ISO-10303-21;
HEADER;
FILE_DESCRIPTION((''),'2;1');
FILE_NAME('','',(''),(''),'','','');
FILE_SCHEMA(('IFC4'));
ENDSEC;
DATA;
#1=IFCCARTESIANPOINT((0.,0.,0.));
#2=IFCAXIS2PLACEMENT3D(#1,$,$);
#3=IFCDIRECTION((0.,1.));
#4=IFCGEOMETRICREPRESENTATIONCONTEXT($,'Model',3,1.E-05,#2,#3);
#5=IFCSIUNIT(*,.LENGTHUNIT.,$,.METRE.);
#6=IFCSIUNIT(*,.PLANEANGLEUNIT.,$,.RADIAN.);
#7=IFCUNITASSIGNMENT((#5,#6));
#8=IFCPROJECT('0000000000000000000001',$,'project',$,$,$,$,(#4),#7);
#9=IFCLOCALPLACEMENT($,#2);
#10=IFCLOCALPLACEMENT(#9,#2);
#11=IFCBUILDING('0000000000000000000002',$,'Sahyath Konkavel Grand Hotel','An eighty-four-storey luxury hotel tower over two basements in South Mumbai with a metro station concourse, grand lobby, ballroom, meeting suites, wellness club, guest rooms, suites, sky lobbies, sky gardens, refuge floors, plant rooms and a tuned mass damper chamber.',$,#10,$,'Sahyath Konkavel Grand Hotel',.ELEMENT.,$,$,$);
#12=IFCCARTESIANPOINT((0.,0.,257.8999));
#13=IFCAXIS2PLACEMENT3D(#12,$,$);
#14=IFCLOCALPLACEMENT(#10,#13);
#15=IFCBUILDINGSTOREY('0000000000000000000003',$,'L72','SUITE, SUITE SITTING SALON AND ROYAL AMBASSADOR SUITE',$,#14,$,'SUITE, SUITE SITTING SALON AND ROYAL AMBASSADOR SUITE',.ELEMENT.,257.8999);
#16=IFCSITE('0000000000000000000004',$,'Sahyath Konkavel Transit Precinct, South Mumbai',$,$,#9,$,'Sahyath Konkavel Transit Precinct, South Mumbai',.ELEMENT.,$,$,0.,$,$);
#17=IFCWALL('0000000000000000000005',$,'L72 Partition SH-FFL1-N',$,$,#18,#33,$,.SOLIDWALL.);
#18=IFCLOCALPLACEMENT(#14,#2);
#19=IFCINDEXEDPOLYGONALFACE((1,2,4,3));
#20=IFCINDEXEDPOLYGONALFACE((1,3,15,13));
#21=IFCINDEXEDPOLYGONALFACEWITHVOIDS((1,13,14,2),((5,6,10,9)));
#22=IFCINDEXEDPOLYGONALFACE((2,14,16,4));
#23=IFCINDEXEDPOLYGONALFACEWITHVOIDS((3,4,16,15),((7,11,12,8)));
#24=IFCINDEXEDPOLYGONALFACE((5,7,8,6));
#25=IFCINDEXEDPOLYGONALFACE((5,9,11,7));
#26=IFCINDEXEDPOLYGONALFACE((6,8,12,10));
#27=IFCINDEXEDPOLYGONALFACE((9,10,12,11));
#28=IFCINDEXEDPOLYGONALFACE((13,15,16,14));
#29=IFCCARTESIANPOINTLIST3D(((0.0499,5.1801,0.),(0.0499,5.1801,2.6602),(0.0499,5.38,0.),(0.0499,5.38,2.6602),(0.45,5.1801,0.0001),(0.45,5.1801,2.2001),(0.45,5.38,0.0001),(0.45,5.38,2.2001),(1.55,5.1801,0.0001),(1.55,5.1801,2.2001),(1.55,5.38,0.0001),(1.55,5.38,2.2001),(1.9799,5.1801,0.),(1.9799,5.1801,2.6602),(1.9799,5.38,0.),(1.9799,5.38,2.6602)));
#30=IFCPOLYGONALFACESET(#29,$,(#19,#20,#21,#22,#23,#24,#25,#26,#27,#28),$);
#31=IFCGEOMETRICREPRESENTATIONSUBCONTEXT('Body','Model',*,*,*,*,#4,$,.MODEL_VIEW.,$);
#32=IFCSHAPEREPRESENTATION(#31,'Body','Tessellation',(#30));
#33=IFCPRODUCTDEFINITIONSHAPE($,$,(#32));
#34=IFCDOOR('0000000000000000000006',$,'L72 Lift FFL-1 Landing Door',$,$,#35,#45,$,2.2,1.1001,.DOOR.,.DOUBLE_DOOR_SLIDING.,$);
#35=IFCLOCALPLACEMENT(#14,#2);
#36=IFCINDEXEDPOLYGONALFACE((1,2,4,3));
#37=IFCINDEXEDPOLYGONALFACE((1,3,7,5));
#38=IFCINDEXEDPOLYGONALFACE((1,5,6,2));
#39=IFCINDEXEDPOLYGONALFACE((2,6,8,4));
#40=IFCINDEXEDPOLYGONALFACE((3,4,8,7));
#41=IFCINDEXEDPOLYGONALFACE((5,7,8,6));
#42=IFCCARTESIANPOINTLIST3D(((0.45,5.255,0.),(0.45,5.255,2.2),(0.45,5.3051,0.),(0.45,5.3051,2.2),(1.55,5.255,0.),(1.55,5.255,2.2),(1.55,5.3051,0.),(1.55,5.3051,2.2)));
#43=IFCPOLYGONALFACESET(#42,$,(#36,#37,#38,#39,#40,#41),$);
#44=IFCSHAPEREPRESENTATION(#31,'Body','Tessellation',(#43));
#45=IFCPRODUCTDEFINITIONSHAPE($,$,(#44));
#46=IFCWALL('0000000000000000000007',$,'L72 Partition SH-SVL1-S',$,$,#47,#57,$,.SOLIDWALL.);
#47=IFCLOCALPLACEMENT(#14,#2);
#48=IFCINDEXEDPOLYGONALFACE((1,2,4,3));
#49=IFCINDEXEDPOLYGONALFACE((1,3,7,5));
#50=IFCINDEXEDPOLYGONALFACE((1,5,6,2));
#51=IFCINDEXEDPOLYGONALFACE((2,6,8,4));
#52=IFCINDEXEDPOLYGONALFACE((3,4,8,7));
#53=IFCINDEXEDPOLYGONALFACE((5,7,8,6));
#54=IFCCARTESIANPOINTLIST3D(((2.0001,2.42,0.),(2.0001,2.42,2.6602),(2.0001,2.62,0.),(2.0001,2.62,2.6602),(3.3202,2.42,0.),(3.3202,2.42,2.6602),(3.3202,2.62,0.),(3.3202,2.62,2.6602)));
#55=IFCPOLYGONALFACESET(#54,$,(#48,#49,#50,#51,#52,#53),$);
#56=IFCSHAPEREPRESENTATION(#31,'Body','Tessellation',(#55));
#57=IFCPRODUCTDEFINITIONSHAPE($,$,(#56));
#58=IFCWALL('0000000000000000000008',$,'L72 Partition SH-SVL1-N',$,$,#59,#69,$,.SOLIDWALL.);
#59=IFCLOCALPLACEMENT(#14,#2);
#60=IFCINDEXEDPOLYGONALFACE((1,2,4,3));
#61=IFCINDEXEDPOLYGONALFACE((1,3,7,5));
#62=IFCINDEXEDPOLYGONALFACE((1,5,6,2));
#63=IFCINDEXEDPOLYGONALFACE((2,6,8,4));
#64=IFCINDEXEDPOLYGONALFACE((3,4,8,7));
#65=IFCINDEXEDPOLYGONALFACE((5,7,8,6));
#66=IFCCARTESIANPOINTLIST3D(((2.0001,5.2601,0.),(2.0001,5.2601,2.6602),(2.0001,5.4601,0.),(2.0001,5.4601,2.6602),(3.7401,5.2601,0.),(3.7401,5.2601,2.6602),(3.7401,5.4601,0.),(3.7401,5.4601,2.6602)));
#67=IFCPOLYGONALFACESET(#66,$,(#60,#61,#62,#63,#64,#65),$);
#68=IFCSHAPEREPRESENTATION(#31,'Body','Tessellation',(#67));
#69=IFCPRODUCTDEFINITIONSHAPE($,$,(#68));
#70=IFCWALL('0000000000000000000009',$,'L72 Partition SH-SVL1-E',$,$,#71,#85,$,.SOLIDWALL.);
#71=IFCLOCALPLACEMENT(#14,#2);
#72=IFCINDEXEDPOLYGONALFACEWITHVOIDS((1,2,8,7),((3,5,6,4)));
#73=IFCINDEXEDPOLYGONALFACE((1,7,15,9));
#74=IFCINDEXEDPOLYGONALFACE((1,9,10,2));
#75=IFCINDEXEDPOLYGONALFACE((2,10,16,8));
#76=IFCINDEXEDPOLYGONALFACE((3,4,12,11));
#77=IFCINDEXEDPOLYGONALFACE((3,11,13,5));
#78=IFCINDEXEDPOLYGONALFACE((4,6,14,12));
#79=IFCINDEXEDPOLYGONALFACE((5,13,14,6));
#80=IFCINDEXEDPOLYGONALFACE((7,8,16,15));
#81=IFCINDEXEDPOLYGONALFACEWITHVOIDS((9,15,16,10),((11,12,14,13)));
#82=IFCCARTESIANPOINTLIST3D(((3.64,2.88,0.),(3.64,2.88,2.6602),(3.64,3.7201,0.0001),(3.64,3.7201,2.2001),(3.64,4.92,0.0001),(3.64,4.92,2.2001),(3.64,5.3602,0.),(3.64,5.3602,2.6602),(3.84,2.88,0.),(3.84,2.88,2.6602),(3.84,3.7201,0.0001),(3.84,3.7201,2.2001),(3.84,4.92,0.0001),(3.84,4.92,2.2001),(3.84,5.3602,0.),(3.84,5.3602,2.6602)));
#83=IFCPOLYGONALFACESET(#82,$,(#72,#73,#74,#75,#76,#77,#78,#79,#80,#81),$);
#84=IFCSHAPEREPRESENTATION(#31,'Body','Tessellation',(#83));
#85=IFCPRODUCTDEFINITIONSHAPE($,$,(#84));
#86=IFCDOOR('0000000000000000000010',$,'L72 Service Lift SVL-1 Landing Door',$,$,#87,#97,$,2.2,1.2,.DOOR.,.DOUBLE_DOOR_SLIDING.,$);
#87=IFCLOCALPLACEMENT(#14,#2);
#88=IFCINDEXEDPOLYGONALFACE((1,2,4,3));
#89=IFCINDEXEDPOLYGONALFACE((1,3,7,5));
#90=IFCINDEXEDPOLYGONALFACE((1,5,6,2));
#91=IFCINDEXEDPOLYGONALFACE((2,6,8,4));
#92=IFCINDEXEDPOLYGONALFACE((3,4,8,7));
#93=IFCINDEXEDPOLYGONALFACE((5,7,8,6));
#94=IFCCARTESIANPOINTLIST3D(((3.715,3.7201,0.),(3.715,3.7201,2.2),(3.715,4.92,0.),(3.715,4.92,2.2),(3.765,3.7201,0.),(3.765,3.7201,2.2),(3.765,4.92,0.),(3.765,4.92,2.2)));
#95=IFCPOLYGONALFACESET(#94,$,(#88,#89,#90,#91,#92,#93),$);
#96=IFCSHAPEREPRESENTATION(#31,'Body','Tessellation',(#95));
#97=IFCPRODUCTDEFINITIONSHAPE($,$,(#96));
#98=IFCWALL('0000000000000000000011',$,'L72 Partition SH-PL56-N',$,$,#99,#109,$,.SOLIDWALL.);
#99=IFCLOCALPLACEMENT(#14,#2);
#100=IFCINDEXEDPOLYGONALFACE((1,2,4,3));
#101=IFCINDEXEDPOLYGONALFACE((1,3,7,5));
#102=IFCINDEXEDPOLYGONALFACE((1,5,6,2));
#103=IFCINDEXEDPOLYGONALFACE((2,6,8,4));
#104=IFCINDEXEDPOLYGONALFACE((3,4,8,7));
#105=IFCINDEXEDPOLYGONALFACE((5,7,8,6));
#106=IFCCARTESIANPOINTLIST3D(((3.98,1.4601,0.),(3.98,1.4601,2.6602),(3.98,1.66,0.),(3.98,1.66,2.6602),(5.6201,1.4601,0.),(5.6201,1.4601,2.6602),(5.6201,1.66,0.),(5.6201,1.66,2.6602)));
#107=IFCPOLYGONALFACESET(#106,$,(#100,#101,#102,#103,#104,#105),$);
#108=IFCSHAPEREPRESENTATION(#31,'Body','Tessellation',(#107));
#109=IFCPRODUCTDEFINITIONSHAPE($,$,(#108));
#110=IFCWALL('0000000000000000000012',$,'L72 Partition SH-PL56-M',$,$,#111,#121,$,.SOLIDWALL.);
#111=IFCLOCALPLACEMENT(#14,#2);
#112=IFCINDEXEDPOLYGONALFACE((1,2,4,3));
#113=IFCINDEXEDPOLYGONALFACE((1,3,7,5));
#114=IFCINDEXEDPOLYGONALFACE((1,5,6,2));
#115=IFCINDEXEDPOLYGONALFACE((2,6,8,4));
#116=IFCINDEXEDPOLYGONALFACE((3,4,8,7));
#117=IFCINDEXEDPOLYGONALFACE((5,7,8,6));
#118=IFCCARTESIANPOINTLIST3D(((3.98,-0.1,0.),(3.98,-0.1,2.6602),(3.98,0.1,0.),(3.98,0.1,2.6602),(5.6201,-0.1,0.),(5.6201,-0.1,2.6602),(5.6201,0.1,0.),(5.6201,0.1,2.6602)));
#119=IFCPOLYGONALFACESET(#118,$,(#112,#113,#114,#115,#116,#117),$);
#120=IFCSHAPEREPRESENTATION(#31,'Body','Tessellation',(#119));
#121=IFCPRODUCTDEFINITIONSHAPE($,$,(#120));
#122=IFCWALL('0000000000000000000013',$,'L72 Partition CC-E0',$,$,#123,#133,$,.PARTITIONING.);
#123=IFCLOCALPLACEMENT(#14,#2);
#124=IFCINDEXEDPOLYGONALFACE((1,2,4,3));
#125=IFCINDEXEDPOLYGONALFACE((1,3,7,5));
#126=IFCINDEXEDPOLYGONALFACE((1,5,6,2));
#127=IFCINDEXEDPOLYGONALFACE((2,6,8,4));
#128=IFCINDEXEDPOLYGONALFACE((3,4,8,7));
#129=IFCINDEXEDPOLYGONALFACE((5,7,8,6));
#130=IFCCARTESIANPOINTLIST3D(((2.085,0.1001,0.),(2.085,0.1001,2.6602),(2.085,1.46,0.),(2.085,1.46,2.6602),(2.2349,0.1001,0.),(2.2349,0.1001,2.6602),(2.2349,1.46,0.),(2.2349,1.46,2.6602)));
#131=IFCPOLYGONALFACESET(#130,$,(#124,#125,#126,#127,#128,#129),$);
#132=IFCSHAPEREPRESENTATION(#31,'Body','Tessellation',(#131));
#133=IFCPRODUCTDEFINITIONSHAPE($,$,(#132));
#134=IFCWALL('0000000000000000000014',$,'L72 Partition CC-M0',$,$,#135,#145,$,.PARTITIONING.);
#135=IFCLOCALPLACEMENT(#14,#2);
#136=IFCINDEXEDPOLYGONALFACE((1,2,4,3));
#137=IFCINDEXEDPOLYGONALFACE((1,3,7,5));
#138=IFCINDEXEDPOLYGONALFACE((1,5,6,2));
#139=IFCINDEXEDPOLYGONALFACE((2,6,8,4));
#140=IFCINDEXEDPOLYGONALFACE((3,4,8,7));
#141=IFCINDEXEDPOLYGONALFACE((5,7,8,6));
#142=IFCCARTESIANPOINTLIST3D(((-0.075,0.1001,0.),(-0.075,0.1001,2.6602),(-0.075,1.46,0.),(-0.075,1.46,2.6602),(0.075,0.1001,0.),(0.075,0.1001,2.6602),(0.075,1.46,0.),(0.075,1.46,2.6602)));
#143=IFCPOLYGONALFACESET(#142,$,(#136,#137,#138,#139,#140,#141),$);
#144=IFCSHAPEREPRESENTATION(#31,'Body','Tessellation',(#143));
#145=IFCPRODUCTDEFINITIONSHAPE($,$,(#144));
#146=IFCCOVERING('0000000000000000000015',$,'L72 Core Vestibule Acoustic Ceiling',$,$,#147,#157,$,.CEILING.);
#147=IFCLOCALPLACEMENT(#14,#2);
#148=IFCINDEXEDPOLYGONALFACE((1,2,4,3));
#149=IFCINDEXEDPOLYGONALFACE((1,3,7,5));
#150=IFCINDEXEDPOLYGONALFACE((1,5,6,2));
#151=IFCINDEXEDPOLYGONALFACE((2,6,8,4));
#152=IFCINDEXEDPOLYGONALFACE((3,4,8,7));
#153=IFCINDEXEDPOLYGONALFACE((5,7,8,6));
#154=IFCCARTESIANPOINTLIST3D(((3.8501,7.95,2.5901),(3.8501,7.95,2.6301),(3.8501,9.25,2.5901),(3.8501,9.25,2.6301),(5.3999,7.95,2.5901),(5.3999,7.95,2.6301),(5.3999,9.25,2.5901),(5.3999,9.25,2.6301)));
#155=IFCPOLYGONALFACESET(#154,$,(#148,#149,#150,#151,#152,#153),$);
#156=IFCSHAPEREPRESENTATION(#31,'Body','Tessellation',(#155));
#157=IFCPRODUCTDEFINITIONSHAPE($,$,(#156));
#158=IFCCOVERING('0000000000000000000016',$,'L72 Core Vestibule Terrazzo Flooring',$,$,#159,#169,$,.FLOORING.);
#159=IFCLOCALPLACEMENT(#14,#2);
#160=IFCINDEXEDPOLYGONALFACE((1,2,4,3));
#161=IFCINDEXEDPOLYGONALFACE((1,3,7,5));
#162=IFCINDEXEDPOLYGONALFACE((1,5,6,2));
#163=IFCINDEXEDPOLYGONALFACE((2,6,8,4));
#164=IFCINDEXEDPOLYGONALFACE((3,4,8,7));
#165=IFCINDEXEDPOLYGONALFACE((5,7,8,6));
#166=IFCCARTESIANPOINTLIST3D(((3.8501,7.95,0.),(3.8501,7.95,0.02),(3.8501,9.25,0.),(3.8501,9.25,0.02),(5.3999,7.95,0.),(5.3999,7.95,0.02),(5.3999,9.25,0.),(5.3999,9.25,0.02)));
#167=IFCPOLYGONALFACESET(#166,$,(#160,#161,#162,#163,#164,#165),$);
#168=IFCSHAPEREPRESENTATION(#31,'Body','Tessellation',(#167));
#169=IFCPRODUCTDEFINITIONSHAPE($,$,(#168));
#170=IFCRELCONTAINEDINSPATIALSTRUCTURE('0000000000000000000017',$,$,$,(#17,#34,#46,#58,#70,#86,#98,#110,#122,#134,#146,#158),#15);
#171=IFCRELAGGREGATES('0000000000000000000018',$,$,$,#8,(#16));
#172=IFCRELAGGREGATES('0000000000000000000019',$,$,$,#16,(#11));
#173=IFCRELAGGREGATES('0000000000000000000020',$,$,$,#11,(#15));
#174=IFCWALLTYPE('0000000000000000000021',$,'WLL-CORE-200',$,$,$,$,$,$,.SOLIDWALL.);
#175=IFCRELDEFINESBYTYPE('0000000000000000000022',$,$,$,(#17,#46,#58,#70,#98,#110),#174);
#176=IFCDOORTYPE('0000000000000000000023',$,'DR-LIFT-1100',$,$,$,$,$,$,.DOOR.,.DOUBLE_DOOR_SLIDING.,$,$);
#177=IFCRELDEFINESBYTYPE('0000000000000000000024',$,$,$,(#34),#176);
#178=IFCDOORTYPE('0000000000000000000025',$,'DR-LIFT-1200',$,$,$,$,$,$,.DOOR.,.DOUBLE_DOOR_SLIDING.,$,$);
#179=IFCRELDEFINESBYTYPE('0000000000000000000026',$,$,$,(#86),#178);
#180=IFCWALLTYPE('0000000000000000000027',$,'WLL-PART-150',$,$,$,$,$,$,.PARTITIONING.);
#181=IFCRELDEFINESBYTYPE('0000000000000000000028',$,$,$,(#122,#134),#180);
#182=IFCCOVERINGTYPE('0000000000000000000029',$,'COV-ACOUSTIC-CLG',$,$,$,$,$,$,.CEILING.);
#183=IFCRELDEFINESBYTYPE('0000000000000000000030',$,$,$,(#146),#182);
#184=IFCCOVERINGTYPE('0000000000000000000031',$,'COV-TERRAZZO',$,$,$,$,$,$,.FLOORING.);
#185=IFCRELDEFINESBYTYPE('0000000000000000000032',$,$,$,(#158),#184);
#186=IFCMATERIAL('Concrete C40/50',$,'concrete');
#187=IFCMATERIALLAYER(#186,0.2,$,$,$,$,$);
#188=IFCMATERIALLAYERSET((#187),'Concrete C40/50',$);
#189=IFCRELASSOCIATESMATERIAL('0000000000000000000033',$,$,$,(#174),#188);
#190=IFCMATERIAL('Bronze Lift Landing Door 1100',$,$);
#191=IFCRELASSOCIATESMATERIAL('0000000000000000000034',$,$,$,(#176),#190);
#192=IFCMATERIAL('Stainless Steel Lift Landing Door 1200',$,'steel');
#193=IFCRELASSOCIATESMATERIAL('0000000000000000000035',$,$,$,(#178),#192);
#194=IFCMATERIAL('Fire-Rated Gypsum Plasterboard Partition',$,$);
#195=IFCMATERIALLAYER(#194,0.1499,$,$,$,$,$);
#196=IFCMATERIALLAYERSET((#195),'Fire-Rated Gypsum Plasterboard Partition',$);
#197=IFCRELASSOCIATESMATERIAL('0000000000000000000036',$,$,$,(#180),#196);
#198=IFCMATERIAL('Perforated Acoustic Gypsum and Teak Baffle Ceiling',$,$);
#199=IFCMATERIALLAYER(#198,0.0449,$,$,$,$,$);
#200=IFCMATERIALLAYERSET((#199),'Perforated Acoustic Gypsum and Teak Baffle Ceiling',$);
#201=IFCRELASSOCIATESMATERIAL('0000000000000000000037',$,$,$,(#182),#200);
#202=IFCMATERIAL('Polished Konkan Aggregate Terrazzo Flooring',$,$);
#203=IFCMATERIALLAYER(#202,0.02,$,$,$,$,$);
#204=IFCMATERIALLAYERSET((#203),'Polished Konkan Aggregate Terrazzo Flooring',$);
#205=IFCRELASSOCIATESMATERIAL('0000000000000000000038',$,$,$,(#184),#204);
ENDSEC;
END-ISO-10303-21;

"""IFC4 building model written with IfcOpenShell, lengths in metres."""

from ifc_helpers import new_model, si_unit, direction, frame, frame_2d, origin, origin_2d, place, context, subcontext, project, spatial, polyline, rectangle, outline, extrude, source, transform, mapped, material, layer, layer_set, type_object, element, fill, save


model = new_model("IFC4")

# Units and contexts
model_context = context("Model", 3, precision=1e-05, world=origin(), true_north=direction((0.0, 1.0)))
body_context = subcontext(model_context, "Body", "Model", "MODEL_VIEW")
ifc_project = project(units=[si_unit("LENGTHUNIT", "METRE"), si_unit("PLANEANGLEUNIT", "RADIAN")], contexts=[model_context])

# Site, building, storey
site_placement = place(None, origin())
site = spatial("IfcSite", under=ifc_project, at=site_placement, Name="Sahyath Konkavel Transit Precinct, South Mumbai", LongName="Sahyath Konkavel Transit Precinct, South Mumbai", CompositionType="ELEMENT", RefElevation=0.0)
building_placement = place(site_placement, origin())
building = spatial("IfcBuilding", under=site, at=building_placement, Name="Sahyath Konkavel Grand Hotel", Description="An eighty-four-storey luxury hotel tower over two basements in South Mumbai with a metro station concourse, grand lobby, ballroom, meeting suites, wellness club, guest rooms, suites, sky lobbies, sky gardens, refuge floors, plant rooms and a tuned mass damper chamber.", LongName="Sahyath Konkavel Grand Hotel", CompositionType="ELEMENT")
storey_placement = place(building_placement, frame((0.0, 0.0, 257.8999)))
storey = spatial("IfcBuildingStorey", under=building, at=storey_placement, Name="L72", Description="SUITE, SUITE SITTING SALON AND ROYAL AMBASSADOR SUITE", LongName="SUITE, SUITE SITTING SALON AND ROYAL AMBASSADOR SUITE", CompositionType="ELEMENT", Elevation=257.8999)

# Shared definitions
ifc_material_1 = material(Name="Concrete C40/50", Category="concrete")

# Shared definitions
ifc_layer_1 = layer(ifc_material_1, 0.2)
ifc_layer_set_1 = layer_set([ifc_layer_1], Name="Concrete C40/50")
wall_type_1 = type_object("IfcWallType", Name="WLL-CORE-200", PredefinedType="SOLIDWALL", material=ifc_layer_set_1)

# Wall, opening, door
wall_1_placement = place(storey_placement, frame((0.05, 5.28, 0.0), z_axis=(0.0, 0.0, 1.0), x_axis=(1.0, 0.0, 0.0)))
wall_1 = element("IfcWall", 1, at=wall_1_placement, inside=storey, type_object=wall_type_1, Name="L72 Partition SH-FFL1-N", PredefinedType="SOLIDWALL", context=body_context, shape_type="SweptSolid", body=[
    extrude(rectangle(XDim=1.9299, YDim=0.2, at=frame_2d((0.9648, 0.0))), origin(), (0.0, 0.0, 1.0), 2.6602),
])
opening_1_placement = place(wall_1_placement, frame((0.3999, 0.0, 0.0)))
opening_1 = element("IfcOpeningElement", 2, at=opening_1_placement, cuts=wall_1, PredefinedType="OPENING", context=body_context, shape_type="SweptSolid", body=[
    extrude(rectangle(XDim=1.1001, YDim=2.2, at=frame_2d((0.55, 1.1001))), frame((0.0, 0.1099, 0.0), z_axis=(0.0, -1.0, 0.0), x_axis=(1.0, 0.0, 0.0)), (0.0, 0.0, 1.0), 0.22),
])
ifc_material_2 = material(Name="Bronze Lift Landing Door 1100")
door_type_1 = type_object("IfcDoorType", Name="DR-LIFT-1100", OperationType="DOUBLE_DOOR_SLIDING", PredefinedType="DOOR", material=ifc_material_2)
shared_shape_1 = source(origin(), body_context, "Body", "SweptSolid", [
    extrude(rectangle(XDim=1.1001, YDim=0.05, at=origin_2d()), origin(), (0.0, 0.0, 1.0), 2.2),
])
door_1_placement = place(opening_1_placement, frame((0.55, 0.0, 0.0)))
door_1 = element("IfcDoor", 3, at=door_1_placement, inside=storey, type_object=door_type_1, Name="L72 Lift FFL-1 Landing Door", OperationType="DOUBLE_DOOR_SLIDING", OverallHeight=2.2, OverallWidth=1.1001, PredefinedType="DOOR", context=body_context, shape_type="MappedRepresentation", body=[
    mapped(shared_shape_1, transform((0.0, 0.0, 0.0), scale=1.0)),
])
fill(opening_1, door_1)

# Walls
wall_2_placement = place(storey_placement, frame((2.0, 2.52, 0.0), z_axis=(0.0, 0.0, 1.0), x_axis=(1.0, 0.0, 0.0)))
element("IfcWall", 4, at=wall_2_placement, inside=storey, type_object=wall_type_1, Name="L72 Partition SH-SVL1-S", PredefinedType="SOLIDWALL", context=body_context, shape_type="SweptSolid", body=[
    extrude(rectangle(XDim=1.3201, YDim=0.2, at=frame_2d((0.6602, 0.0))), origin(), (0.0, 0.0, 1.0), 2.6602),
])
wall_3_placement = place(storey_placement, frame((2.0, 5.3601, 0.0), z_axis=(0.0, 0.0, 1.0), x_axis=(1.0, 0.0, 0.0)))
element("IfcWall", 5, at=wall_3_placement, inside=storey, type_object=wall_type_1, Name="L72 Partition SH-SVL1-N", PredefinedType="SOLIDWALL", context=body_context, shape_type="SweptSolid", body=[
    extrude(rectangle(XDim=1.74, YDim=0.2, at=frame_2d((0.8701, 0.0))), origin(), (0.0, 0.0, 1.0), 2.6602),
])

# Wall, opening, door
wall_4_placement = place(storey_placement, frame((3.74, 2.8799, 0.0), z_axis=(0.0, 0.0, 1.0), x_axis=(0.0, 1.0, 0.0)))
wall_4 = element("IfcWall", 6, at=wall_4_placement, inside=storey, type_object=wall_type_1, Name="L72 Partition SH-SVL1-E", PredefinedType="SOLIDWALL", context=body_context, shape_type="SweptSolid", body=[
    extrude(rectangle(XDim=2.4802, YDim=0.2, at=frame_2d((1.2402, 0.0))), origin(), (0.0, 0.0, 1.0), 2.6602),
])
opening_2_placement = place(wall_4_placement, frame((0.8401, 0.0, 0.0)))
opening_2 = element("IfcOpeningElement", 7, at=opening_2_placement, cuts=wall_4, PredefinedType="OPENING", context=body_context, shape_type="SweptSolid", body=[
    extrude(rectangle(XDim=1.2, YDim=2.2, at=frame_2d((0.6001, 1.1001))), frame((0.0, 0.1099, 0.0), z_axis=(0.0, -1.0, 0.0), x_axis=(1.0, 0.0, 0.0)), (0.0, 0.0, 1.0), 0.22),
])
ifc_material_3 = material(Name="Stainless Steel Lift Landing Door 1200", Category="steel")
door_type_2 = type_object("IfcDoorType", Name="DR-LIFT-1200", OperationType="DOUBLE_DOOR_SLIDING", PredefinedType="DOOR", material=ifc_material_3)
shared_shape_2 = source(origin(), body_context, "Body", "SweptSolid", [
    extrude(rectangle(XDim=1.2, YDim=0.05, at=origin_2d()), origin(), (0.0, 0.0, 1.0), 2.2),
])
door_2_placement = place(opening_2_placement, frame((0.6001, 0.0, 0.0)))
door_2 = element("IfcDoor", 8, at=door_2_placement, inside=storey, type_object=door_type_2, Name="L72 Service Lift SVL-1 Landing Door", OperationType="DOUBLE_DOOR_SLIDING", OverallHeight=2.2, OverallWidth=1.2, PredefinedType="DOOR", context=body_context, shape_type="MappedRepresentation", body=[
    mapped(shared_shape_2, transform((0.0, 0.0, 0.0), scale=1.0)),
])
fill(opening_2, door_2)

# Walls
for number, where, z_axis, x_axis, name in (
    (9, (3.98, 1.5601, 0.0), (0.0, 0.0, 1.0), (1.0, 0.0, 0.0), "L72 Partition SH-PL56-N"),
    (10, (3.98, 0.0, 0.0), (0.0, 0.0, 1.0), (1.0, 0.0, 0.0), "L72 Partition SH-PL56-M"),
):
    element("IfcWall", number, at=place(storey_placement, frame(where, z_axis=z_axis, x_axis=x_axis)), inside=storey, type_object=wall_type_1, Name=name, PredefinedType="SOLIDWALL", context=body_context, shape_type="SweptSolid", body=[
        extrude(rectangle(XDim=1.6401, YDim=0.2, at=frame_2d((0.8201, 0.0))), origin(), (0.0, 0.0, 1.0), 2.6602),
    ])

# Walls
ifc_material_4 = material(Name="Fire-Rated Gypsum Plasterboard Partition")
ifc_layer_2 = layer(ifc_material_4, 0.1499)
ifc_layer_set_2 = layer_set([ifc_layer_2], Name="Fire-Rated Gypsum Plasterboard Partition")
wall_type_2 = type_object("IfcWallType", Name="WLL-PART-150", PredefinedType="PARTITIONING", material=ifc_layer_set_2)
for number, where, z_axis, x_axis, name in (
    (11, (2.1599, 0.1001, 0.0), (0.0, 0.0, 1.0), (0.0, 1.0, 0.0), "L72 Partition CC-E0"),
    (12, (0.0, 0.1001, 0.0), (0.0, 0.0, 1.0), (0.0, 1.0, 0.0), "L72 Partition CC-M0"),
):
    element("IfcWall", number, at=place(storey_placement, frame(where, z_axis=z_axis, x_axis=x_axis)), inside=storey, type_object=wall_type_2, Name=name, PredefinedType="PARTITIONING", context=body_context, shape_type="SweptSolid", body=[
        extrude(rectangle(XDim=1.3599, YDim=0.1499, at=frame_2d((0.6799, 0.0))), origin(), (0.0, 0.0, 1.0), 2.6602),
    ])

# Coverings
ifc_material_5 = material(Name="Perforated Acoustic Gypsum and Teak Baffle Ceiling")
ifc_layer_3 = layer(ifc_material_5, 0.0449)
ifc_layer_set_3 = layer_set([ifc_layer_3], Name="Perforated Acoustic Gypsum and Teak Baffle Ceiling")
covering_type_1 = type_object("IfcCoveringType", Name="COV-ACOUSTIC-CLG", PredefinedType="CEILING", material=ifc_layer_set_3)
covering_1_placement = place(storey_placement, frame((0.0, 0.0, 2.5901)))
element("IfcCovering", 13, at=covering_1_placement, inside=storey, type_object=covering_type_1, Name="L72 Core Vestibule Acoustic Ceiling", PredefinedType="CEILING", context=body_context, shape_type="SweptSolid", body=[
    extrude(outline(polyline([(3.8501, 7.95), (5.3999, 7.95), (5.3999, 9.25), (3.8501, 9.25), (3.8501, 7.95)])), origin(), (0.0, 0.0, 1.0), 0.04),
])
ifc_material_6 = material(Name="Polished Konkan Aggregate Terrazzo Flooring")
ifc_layer_4 = layer(ifc_material_6, 0.02)
ifc_layer_set_4 = layer_set([ifc_layer_4], Name="Polished Konkan Aggregate Terrazzo Flooring")
covering_type_2 = type_object("IfcCoveringType", Name="COV-TERRAZZO", PredefinedType="FLOORING", material=ifc_layer_set_4)
covering_2_placement = place(storey_placement, origin())
element("IfcCovering", 14, at=covering_2_placement, inside=storey, type_object=covering_type_2, Name="L72 Core Vestibule Terrazzo Flooring", PredefinedType="FLOORING", context=body_context, shape_type="SweptSolid", body=[
    extrude(outline(polyline([(3.8501, 7.95), (5.3999, 7.95), (5.3999, 9.25), (3.8501, 9.25), (3.8501, 7.95)])), origin(), (0.0, 0.0, 1.0), 0.02),
])

save(model, "model.ifc")
